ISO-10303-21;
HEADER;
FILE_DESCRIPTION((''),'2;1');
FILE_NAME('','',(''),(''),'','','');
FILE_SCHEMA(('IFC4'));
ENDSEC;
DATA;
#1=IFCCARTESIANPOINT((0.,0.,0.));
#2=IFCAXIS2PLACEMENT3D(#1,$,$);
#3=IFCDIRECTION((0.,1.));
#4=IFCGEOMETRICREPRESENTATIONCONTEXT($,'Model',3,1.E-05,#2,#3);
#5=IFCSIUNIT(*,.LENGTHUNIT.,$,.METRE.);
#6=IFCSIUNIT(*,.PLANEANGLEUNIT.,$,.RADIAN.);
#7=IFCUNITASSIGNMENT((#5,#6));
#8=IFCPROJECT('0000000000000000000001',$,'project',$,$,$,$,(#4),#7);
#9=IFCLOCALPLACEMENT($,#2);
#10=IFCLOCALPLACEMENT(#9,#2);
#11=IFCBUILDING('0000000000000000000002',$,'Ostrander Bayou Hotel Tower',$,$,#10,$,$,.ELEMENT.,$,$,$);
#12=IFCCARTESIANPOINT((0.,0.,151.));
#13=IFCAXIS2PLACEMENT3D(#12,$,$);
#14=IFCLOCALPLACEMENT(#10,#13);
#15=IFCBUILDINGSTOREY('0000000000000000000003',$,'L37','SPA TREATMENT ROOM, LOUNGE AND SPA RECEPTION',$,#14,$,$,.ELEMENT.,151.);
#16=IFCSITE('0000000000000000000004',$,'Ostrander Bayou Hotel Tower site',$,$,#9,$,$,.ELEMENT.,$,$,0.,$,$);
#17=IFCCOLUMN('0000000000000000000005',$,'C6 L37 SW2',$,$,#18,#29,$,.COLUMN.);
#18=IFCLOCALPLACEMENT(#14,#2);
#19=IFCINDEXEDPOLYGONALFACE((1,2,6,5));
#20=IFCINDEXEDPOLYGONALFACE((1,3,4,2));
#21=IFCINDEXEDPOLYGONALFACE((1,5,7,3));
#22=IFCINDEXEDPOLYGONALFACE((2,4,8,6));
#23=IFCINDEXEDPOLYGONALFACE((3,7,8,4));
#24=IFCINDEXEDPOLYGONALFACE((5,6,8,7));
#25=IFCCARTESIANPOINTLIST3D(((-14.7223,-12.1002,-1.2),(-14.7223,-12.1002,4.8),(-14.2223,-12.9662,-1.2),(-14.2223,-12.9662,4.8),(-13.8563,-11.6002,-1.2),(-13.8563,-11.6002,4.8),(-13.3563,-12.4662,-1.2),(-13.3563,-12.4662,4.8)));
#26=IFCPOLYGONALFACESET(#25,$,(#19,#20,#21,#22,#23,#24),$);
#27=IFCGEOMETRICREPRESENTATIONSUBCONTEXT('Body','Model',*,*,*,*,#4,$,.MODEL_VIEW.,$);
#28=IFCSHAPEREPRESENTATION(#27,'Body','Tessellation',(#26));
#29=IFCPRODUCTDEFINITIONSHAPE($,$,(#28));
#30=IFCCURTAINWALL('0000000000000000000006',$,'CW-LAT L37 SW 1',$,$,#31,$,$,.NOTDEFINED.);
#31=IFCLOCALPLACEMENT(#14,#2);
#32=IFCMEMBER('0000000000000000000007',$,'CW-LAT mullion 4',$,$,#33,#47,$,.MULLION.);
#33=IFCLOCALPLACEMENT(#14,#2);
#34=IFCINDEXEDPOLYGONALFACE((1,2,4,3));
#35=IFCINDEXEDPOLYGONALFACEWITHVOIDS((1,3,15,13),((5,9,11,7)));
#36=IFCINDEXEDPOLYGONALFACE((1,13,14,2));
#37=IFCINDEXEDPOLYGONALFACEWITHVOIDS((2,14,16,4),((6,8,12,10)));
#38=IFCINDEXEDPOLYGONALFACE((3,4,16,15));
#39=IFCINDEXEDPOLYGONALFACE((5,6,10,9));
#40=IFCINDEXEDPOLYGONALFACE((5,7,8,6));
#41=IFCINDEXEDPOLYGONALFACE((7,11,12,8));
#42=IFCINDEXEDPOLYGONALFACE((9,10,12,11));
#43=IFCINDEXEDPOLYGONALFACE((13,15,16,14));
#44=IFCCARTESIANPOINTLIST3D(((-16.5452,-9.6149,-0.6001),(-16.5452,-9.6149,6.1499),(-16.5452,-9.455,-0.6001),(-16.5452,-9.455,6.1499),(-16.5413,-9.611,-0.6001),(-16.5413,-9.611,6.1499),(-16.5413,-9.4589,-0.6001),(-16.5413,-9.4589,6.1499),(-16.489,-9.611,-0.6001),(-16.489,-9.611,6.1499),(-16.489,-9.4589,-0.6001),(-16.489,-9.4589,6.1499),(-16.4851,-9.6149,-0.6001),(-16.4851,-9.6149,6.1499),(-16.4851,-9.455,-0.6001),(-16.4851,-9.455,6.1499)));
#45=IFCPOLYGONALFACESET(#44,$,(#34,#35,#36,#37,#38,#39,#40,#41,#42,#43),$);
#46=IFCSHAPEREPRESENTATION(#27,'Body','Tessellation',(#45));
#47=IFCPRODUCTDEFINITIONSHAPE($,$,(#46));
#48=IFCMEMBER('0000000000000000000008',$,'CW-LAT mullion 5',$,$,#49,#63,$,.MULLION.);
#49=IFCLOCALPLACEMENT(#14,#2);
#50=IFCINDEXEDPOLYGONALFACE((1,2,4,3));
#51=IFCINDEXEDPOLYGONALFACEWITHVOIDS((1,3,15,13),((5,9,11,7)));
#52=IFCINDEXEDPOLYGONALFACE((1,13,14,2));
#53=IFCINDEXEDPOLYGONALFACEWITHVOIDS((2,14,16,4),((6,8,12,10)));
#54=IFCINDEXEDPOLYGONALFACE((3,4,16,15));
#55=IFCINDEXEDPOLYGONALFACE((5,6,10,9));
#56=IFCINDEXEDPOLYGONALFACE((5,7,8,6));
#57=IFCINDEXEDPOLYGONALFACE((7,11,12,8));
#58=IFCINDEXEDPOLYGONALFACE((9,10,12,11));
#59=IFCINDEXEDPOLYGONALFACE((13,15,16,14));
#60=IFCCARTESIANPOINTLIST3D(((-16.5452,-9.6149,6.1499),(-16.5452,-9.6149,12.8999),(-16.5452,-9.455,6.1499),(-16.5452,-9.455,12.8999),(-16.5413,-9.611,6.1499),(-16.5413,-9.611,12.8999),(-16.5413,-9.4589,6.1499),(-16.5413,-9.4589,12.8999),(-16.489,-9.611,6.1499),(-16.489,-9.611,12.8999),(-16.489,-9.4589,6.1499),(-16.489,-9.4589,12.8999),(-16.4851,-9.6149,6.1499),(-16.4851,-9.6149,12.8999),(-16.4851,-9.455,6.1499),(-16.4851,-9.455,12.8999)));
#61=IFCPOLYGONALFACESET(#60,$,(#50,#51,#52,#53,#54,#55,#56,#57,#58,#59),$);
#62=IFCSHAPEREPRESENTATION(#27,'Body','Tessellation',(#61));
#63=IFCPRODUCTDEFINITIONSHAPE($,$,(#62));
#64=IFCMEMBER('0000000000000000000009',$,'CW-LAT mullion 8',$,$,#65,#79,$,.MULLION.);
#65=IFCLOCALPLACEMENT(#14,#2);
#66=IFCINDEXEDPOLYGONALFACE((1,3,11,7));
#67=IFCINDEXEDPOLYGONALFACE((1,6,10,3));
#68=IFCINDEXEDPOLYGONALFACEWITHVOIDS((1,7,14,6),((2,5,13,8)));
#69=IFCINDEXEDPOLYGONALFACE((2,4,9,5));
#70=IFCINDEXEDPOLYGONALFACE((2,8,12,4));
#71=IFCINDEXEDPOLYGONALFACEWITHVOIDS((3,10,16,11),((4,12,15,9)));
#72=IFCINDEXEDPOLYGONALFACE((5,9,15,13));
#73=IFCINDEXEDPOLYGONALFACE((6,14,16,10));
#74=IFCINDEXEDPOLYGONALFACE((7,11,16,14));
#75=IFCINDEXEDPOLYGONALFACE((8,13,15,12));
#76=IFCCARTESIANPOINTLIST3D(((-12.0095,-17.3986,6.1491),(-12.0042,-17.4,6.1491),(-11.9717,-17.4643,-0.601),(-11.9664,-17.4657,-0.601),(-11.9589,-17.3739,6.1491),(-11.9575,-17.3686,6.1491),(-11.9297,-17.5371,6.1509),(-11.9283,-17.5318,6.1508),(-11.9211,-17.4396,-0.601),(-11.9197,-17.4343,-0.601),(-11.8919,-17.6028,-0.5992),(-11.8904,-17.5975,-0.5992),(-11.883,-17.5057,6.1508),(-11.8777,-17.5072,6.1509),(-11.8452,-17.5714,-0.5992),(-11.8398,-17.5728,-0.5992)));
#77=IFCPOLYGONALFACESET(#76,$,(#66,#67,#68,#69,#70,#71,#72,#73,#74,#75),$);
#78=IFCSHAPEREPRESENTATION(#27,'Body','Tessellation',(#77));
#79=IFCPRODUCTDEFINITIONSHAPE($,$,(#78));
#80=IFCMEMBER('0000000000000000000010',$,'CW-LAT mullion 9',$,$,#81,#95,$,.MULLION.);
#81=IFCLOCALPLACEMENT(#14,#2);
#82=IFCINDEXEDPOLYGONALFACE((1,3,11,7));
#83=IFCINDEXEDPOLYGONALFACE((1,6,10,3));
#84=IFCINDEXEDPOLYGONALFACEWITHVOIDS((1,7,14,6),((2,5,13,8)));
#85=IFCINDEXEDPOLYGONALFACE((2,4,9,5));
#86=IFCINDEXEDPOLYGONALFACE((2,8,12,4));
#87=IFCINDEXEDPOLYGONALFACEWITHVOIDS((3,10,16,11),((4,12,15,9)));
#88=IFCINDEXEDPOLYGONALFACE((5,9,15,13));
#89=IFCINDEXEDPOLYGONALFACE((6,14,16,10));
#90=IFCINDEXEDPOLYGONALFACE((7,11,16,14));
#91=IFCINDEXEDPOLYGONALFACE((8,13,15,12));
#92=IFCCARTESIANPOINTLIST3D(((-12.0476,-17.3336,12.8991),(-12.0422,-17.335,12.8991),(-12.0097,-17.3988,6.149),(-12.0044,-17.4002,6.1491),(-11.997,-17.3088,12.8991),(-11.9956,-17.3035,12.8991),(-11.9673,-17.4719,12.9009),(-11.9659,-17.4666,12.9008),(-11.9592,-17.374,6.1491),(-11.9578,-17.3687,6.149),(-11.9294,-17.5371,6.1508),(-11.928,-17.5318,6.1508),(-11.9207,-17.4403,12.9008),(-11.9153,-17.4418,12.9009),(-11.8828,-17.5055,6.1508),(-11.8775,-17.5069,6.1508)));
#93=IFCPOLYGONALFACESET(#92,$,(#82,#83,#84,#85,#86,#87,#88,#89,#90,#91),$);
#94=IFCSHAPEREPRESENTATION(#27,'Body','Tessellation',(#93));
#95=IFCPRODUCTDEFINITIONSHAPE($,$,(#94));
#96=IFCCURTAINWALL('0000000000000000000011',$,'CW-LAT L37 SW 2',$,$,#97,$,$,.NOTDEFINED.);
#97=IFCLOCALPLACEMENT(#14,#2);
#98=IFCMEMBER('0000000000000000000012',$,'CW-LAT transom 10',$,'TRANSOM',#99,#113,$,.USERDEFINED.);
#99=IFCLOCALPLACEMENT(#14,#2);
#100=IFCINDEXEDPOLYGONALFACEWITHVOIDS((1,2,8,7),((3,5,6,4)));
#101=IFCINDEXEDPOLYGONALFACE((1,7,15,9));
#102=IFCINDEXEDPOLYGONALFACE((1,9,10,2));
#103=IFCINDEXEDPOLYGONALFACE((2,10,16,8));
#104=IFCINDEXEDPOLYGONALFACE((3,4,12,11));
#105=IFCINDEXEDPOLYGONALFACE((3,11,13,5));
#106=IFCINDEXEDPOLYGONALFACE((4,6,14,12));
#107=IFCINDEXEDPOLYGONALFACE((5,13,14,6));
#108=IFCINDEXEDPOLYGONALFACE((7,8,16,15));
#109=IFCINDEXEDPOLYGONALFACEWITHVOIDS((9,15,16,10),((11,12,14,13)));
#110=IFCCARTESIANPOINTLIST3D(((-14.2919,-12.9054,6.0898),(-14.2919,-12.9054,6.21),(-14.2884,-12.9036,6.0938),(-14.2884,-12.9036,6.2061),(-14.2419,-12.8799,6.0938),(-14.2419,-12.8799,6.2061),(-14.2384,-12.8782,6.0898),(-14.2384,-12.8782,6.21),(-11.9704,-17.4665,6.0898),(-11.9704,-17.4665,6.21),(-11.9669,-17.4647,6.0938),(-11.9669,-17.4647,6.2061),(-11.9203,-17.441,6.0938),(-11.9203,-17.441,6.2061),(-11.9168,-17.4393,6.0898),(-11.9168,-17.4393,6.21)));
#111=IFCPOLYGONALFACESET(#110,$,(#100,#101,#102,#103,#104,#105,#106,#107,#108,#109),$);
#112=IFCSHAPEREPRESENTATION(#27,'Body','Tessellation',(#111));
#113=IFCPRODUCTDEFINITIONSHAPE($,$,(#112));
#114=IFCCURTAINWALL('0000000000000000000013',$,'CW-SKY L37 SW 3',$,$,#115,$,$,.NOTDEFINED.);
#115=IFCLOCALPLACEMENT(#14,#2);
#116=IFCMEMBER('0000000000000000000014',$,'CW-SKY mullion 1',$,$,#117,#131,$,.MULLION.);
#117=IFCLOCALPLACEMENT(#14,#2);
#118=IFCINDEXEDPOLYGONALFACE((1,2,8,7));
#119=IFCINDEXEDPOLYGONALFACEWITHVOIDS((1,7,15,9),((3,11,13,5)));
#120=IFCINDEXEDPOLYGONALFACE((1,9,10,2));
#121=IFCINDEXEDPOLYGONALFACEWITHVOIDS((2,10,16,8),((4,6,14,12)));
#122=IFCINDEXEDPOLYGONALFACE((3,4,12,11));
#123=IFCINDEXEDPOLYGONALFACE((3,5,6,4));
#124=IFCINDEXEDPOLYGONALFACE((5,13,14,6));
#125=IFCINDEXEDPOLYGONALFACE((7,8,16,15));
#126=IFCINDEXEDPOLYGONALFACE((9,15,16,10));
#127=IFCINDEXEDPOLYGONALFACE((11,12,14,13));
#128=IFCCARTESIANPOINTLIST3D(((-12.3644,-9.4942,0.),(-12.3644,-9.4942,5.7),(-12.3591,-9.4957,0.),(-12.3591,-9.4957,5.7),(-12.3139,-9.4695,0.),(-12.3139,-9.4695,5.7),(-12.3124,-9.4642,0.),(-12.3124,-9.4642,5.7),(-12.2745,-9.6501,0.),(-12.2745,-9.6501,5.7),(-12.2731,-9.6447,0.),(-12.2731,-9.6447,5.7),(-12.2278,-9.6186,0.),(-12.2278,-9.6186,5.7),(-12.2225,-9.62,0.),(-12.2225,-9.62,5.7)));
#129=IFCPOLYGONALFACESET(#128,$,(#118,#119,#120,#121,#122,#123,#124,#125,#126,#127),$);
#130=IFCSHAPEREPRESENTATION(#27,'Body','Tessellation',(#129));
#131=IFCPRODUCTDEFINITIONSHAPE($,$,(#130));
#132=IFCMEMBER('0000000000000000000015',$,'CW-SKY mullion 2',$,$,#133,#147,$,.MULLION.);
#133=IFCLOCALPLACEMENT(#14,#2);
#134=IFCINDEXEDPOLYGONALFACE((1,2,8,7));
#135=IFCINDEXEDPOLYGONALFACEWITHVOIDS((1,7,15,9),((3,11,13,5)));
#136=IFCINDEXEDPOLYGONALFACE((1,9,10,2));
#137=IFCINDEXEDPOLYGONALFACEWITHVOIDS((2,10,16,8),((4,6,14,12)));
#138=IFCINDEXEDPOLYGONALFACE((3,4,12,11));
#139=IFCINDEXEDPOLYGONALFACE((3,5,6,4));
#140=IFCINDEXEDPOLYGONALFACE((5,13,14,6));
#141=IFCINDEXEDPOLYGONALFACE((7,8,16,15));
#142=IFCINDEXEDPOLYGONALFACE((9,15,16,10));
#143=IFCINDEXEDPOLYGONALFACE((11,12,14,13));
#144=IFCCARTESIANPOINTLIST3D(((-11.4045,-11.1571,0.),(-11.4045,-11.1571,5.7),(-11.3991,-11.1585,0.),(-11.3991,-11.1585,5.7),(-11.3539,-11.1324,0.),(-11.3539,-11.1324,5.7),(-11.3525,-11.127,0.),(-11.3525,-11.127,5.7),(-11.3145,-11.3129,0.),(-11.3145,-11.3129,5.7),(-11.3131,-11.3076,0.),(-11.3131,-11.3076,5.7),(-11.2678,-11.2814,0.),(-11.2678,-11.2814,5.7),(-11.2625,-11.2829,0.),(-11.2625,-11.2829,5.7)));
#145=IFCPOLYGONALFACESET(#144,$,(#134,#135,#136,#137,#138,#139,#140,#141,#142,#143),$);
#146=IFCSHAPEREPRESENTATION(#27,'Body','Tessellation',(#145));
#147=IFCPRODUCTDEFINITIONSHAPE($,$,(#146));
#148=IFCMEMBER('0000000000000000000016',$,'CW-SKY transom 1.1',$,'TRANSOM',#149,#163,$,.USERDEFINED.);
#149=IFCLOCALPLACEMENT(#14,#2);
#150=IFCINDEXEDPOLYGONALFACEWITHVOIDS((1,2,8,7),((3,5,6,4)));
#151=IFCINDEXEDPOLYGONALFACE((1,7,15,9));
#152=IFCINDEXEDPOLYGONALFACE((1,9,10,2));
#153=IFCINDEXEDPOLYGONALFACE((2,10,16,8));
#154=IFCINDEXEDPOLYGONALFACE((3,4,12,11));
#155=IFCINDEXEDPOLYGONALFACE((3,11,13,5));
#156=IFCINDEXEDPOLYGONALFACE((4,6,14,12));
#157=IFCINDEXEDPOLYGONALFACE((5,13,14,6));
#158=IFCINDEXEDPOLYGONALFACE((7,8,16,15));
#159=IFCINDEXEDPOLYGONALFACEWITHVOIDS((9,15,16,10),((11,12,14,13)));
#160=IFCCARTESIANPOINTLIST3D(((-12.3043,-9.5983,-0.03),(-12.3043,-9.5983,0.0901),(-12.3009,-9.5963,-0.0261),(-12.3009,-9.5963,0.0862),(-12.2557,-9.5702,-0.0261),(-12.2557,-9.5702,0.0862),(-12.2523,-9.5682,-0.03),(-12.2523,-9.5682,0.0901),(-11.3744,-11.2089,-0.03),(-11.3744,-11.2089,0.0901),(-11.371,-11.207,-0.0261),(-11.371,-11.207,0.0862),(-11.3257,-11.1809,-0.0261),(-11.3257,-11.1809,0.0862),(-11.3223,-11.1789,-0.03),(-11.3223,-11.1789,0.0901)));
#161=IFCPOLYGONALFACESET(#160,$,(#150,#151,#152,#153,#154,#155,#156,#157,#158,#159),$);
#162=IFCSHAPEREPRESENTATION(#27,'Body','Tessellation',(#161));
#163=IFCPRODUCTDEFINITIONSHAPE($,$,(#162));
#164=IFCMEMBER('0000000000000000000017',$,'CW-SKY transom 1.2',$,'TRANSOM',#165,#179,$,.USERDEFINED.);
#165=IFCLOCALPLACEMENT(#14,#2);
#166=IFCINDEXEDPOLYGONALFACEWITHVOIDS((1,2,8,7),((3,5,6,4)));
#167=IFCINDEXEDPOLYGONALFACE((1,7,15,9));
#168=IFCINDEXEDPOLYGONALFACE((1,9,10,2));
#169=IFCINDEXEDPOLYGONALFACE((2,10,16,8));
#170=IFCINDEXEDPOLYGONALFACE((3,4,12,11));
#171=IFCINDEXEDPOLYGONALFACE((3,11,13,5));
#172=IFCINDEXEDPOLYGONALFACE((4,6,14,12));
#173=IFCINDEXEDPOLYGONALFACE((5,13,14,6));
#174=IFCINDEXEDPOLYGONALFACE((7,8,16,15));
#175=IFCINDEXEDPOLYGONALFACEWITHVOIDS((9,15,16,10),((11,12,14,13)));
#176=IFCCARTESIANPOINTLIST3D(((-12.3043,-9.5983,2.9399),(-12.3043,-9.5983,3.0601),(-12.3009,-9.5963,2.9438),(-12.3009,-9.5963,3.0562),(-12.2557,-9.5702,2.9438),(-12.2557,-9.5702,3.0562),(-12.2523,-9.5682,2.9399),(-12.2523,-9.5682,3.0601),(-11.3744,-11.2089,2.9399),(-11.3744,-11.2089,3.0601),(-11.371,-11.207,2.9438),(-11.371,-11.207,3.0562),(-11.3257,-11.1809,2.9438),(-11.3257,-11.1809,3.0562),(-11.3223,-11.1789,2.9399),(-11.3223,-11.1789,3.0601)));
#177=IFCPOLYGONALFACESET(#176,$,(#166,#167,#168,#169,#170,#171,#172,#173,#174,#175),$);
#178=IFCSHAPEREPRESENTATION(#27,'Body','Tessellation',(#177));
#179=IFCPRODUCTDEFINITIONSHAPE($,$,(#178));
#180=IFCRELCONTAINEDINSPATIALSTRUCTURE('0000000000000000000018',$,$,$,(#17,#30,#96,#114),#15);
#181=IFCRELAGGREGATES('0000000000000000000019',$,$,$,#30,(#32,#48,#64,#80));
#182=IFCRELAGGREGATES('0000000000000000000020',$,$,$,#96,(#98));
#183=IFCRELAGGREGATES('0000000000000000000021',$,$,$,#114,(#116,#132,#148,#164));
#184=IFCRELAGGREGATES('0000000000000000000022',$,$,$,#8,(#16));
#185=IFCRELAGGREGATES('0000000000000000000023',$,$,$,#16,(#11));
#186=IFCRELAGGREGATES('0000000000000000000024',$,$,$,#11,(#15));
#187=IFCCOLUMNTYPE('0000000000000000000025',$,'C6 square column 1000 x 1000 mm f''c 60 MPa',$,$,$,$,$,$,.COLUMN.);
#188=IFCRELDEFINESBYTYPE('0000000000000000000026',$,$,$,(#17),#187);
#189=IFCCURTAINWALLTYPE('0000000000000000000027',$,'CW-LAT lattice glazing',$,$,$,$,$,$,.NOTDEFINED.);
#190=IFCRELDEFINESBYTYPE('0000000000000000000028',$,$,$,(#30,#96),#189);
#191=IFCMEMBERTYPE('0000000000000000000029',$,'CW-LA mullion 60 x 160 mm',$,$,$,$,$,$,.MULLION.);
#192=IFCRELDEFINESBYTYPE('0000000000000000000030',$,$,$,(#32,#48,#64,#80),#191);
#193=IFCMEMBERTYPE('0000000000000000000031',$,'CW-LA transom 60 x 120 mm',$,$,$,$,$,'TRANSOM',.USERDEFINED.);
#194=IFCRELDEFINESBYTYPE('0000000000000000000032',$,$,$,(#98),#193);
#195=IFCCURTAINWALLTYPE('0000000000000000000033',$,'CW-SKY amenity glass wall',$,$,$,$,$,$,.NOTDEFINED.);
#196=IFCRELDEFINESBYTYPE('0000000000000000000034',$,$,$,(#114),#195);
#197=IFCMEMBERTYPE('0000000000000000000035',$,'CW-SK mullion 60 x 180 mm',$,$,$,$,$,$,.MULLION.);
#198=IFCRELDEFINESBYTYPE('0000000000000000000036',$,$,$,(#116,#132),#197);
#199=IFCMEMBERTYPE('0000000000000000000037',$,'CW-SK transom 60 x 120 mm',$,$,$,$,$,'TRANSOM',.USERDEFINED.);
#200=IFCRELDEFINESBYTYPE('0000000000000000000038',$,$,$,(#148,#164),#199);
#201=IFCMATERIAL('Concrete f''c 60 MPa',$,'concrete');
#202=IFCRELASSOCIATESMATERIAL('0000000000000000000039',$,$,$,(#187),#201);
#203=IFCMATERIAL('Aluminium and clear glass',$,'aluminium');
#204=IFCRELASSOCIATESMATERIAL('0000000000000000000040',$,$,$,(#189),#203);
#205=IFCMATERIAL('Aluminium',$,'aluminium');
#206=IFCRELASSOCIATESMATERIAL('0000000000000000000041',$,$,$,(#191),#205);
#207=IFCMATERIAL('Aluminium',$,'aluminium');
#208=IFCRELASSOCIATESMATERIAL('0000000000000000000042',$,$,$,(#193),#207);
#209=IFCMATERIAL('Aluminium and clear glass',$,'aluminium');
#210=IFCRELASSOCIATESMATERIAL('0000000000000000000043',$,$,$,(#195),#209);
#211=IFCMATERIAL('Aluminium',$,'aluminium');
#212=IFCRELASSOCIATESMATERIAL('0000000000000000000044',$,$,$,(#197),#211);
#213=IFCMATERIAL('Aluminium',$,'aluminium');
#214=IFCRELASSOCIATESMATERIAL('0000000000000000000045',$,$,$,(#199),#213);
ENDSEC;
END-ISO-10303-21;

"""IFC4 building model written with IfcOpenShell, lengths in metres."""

from ifc_helpers import new_model, si_unit, direction, frame, origin, origin_2d, place, context, subcontext, project, spatial, rectangle, hollow_rectangle, extrude, material, material_profile, profile_set, type_object, element, aggregate, save


model = new_model("IFC4")

# Units and contexts
model_context = context("Model", 3, precision=1e-05, world=origin(), true_north=direction((0.0, 1.0)))
body_context = subcontext(model_context, "Body", "Model", "MODEL_VIEW")
ifc_project = project(units=[si_unit("LENGTHUNIT", "METRE"), si_unit("PLANEANGLEUNIT", "RADIAN")], contexts=[model_context])

# Site, building, storey
site_placement = place(None, origin())
site = spatial("IfcSite", under=ifc_project, at=site_placement, Name="Ostrander Bayou Hotel Tower site", CompositionType="ELEMENT", RefElevation=0.0)
building_placement = place(site_placement, origin())
building = spatial("IfcBuilding", under=site, at=building_placement, Name="Ostrander Bayou Hotel Tower", CompositionType="ELEMENT")
storey_placement = place(building_placement, frame((0.0, 0.0, 151.0)))
storey = spatial("IfcBuildingStorey", under=building, at=storey_placement, Name="L37", Description="SPA TREATMENT ROOM, LOUNGE AND SPA RECEPTION", CompositionType="ELEMENT", Elevation=151.0)

# Column
ifc_material_1 = material(Name="Concrete f'c 60 MPa", Category="concrete")
ifc_material_profile_1 = material_profile(ifc_material_1, rectangle(XDim=1.0, YDim=1.0, at=origin_2d()))
ifc_profile_set_1 = profile_set([ifc_material_profile_1], Name="Concrete f'c 60 MPa")
column_type = type_object("IfcColumnType", Name="C6 square column 1000 x 1000 mm f'c 60 MPa", PredefinedType="COLUMN", material=ifc_profile_set_1)
column_placement = place(storey_placement, frame((-14.0393, -12.2832, -1.2), z_axis=(0.0, 0.0, 1.0), x_axis=(-0.5, 0.866025, 0.0)))
element("IfcColumn", 1, at=column_placement, inside=storey, type_object=column_type, Name="C6 L37 SW2", PredefinedType="COLUMN", context=body_context, shape_type="SweptSolid", body=[
    extrude(rectangle(XDim=1.0, YDim=1.0, at=origin_2d()), origin(), (0.0, 0.0, 1.0), 6.0),
])

# Curtain wall, members
ifc_material_2 = material(Name="Aluminium and clear glass", Category="aluminium")
curtain_wall_type_1 = type_object("IfcCurtainWallType", Name="CW-LAT lattice glazing", PredefinedType="NOTDEFINED", material=ifc_material_2)
curtain_wall_1_placement = place(storey_placement, origin())
curtain_wall_1 = element("IfcCurtainWall", 2, at=curtain_wall_1_placement, inside=storey, type_object=curtain_wall_type_1, Name="CW-LAT L37 SW 1", PredefinedType="NOTDEFINED")
ifc_material_3 = material(Name="Aluminium", Category="aluminium")
ifc_material_profile_2 = material_profile(ifc_material_3, hollow_rectangle(XDim=0.0601, YDim=0.1599, WallThickness=0.0039, at=origin_2d()))
ifc_profile_set_2 = profile_set([ifc_material_profile_2], Name="Aluminium")
member_type_1 = type_object("IfcMemberType", Name="CW-LA mullion 60 x 160 mm", PredefinedType="MULLION", material=ifc_profile_set_2)
member_1_placement = place(storey_placement, frame((-16.5151, -9.5349, -0.6001), z_axis=(0.0, 0.0, 1.0), x_axis=(1.0, 0.0, 0.0)))
member_1 = element("IfcMember", 3, at=member_1_placement, type_object=member_type_1, Name="CW-LAT mullion 4", PredefinedType="MULLION", context=body_context, shape_type="SweptSolid", body=[
    extrude(hollow_rectangle(XDim=0.0601, YDim=0.1599, WallThickness=0.0039, at=origin_2d()), origin(), (0.0, 0.0, 1.0), 6.75),
])
member_2_placement = place(storey_placement, frame((-16.5151, -9.5349, 6.1499), z_axis=(0.0, 0.0, 1.0), x_axis=(1.0, 0.0, 0.0)))
member_2 = element("IfcMember", 4, at=member_2_placement, type_object=member_type_1, Name="CW-LAT mullion 5", PredefinedType="MULLION", context=body_context, shape_type="SweptSolid", body=[
    extrude(hollow_rectangle(XDim=0.0601, YDim=0.1599, WallThickness=0.0039, at=origin_2d()), origin(), (0.0, 0.0, 1.0), 6.75),
])
member_3_placement = place(storey_placement, frame((-11.9058, -17.5186, -0.6001), z_axis=(-0.005606, 0.009729, 0.999937), x_axis=(-0.866454, -0.499258, 0.0)))
member_3 = element("IfcMember", 5, at=member_3_placement, type_object=member_type_1, Name="CW-LAT mullion 8", PredefinedType="MULLION", context=body_context, shape_type="SweptSolid", body=[
    extrude(hollow_rectangle(XDim=0.0601, YDim=0.1599, WallThickness=0.0039, at=origin_2d()), origin(), (0.0, 0.0, 1.0), 6.7505),
])
member_4_placement = place(storey_placement, frame((-11.9436, -17.4529, 6.1499), z_axis=(-0.005606, 0.009657, 0.999938), x_axis=(-0.864834, -0.502057, 0.0)))
member_4 = element("IfcMember", 6, at=member_4_placement, type_object=member_type_1, Name="CW-LAT mullion 9", PredefinedType="MULLION", context=body_context, shape_type="SweptSolid", body=[
    extrude(hollow_rectangle(XDim=0.0601, YDim=0.1599, WallThickness=0.0039, at=origin_2d()), origin(), (0.0, 0.0, 1.0), 6.7505),
])

# Curtain wall, member
curtain_wall_2_placement = place(storey_placement, origin())
curtain_wall_2 = element("IfcCurtainWall", 7, at=curtain_wall_2_placement, inside=storey, type_object=curtain_wall_type_1, Name="CW-LAT L37 SW 2", PredefinedType="NOTDEFINED")
ifc_material_4 = material(Name="Aluminium", Category="aluminium")
ifc_material_profile_3 = material_profile(ifc_material_4, hollow_rectangle(XDim=0.0601, YDim=0.1201, WallThickness=0.0039, at=origin_2d()))
ifc_profile_set_3 = profile_set([ifc_material_profile_3], Name="Aluminium")
member_type_2 = type_object("IfcMemberType", Name="CW-LA transom 60 x 120 mm", ElementType="TRANSOM", PredefinedType="USERDEFINED", material=ifc_profile_set_3)
member_5_placement = place(storey_placement, frame((-11.9436, -17.4529, 6.1499), z_axis=(-0.453613, 0.891199, 0.0), x_axis=(-0.891199, -0.453613, 0.0)))
member_5 = element("IfcMember", 8, at=member_5_placement, type_object=member_type_2, Name="CW-LAT transom 10", ObjectType="TRANSOM", PredefinedType="USERDEFINED", context=body_context, shape_type="SweptSolid", body=[
    extrude(hollow_rectangle(XDim=0.0601, YDim=0.1201, WallThickness=0.0039, at=origin_2d()), origin(), (0.0, 0.0, 1.0), 5.1179),
])

# Curtain wall, members
ifc_material_5 = material(Name="Aluminium and clear glass", Category="aluminium")
curtain_wall_type_2 = type_object("IfcCurtainWallType", Name="CW-SKY amenity glass wall", PredefinedType="NOTDEFINED", material=ifc_material_5)
curtain_wall_3_placement = place(storey_placement, origin())
curtain_wall_3 = element("IfcCurtainWall", 9, at=curtain_wall_3_placement, inside=storey, type_object=curtain_wall_type_2, Name="CW-SKY L37 SW 3", PredefinedType="NOTDEFINED")
ifc_material_6 = material(Name="Aluminium", Category="aluminium")
ifc_material_profile_4 = material_profile(ifc_material_6, hollow_rectangle(XDim=0.0601, YDim=0.1799, WallThickness=0.0039, at=origin_2d()))
ifc_profile_set_4 = profile_set([ifc_material_profile_4], Name="Aluminium")
member_type_3 = type_object("IfcMemberType", Name="CW-SK mullion 60 x 180 mm", PredefinedType="MULLION", material=ifc_profile_set_4)
member_6_placement = place(storey_placement, frame((-12.2935, -9.5571, 0.0), z_axis=(0.0, 0.0, 1.0), x_axis=(0.866025, 0.5, 0.0)))
member_6 = element("IfcMember", 10, at=member_6_placement, type_object=member_type_3, Name="CW-SKY mullion 1", PredefinedType="MULLION", context=body_context, shape_type="SweptSolid", body=[
    extrude(hollow_rectangle(XDim=0.0601, YDim=0.1799, WallThickness=0.0039, at=origin_2d()), origin(), (0.0, 0.0, 1.0), 5.7),
])
member_7_placement = place(storey_placement, frame((-11.3335, -11.22, 0.0), z_axis=(0.0, 0.0, 1.0), x_axis=(0.866025, 0.5, 0.0)))
member_7 = element("IfcMember", 11, at=member_7_placement, type_object=member_type_3, Name="CW-SKY mullion 2", PredefinedType="MULLION", context=body_context, shape_type="SweptSolid", body=[
    extrude(hollow_rectangle(XDim=0.0601, YDim=0.1799, WallThickness=0.0039, at=origin_2d()), origin(), (0.0, 0.0, 1.0), 5.7),
])
ifc_material_7 = material(Name="Aluminium", Category="aluminium")
ifc_material_profile_5 = material_profile(ifc_material_7, hollow_rectangle(XDim=0.0601, YDim=0.1201, WallThickness=0.0039, at=origin_2d()))
ifc_profile_set_5 = profile_set([ifc_material_profile_5], Name="Aluminium")
member_type_4 = type_object("IfcMemberType", Name="CW-SK transom 60 x 120 mm", ElementType="TRANSOM", PredefinedType="USERDEFINED", material=ifc_profile_set_5)
member_8_placement = place(storey_placement, frame((-12.2783, -9.5833, 0.03), z_axis=(0.500022, -0.866013, 0.0), x_axis=(0.866013, 0.500022, 0.0)))
member_8 = element("IfcMember", 12, at=member_8_placement, type_object=member_type_4, Name="CW-SKY transom 1.1", ObjectType="TRANSOM", PredefinedType="USERDEFINED", context=body_context, shape_type="SweptSolid", body=[
    extrude(hollow_rectangle(XDim=0.0601, YDim=0.1201, WallThickness=0.0039, at=origin_2d()), origin(), (0.0, 0.0, 1.0), 1.8599),
])
member_9_placement = place(storey_placement, frame((-12.2783, -9.5833, 3.0), z_axis=(0.500022, -0.866013, 0.0), x_axis=(0.866013, 0.500022, 0.0)))
member_9 = element("IfcMember", 13, at=member_9_placement, type_object=member_type_4, Name="CW-SKY transom 1.2", ObjectType="TRANSOM", PredefinedType="USERDEFINED", context=body_context, shape_type="SweptSolid", body=[
    extrude(hollow_rectangle(XDim=0.0601, YDim=0.1201, WallThickness=0.0039, at=origin_2d()), origin(), (0.0, 0.0, 1.0), 1.8599),
])

aggregate(curtain_wall_1, [member_1, member_2, member_3, member_4])
aggregate(curtain_wall_2, [member_5])
aggregate(curtain_wall_3, [member_6, member_7, member_8, member_9])

save(model, "model.ifc")
